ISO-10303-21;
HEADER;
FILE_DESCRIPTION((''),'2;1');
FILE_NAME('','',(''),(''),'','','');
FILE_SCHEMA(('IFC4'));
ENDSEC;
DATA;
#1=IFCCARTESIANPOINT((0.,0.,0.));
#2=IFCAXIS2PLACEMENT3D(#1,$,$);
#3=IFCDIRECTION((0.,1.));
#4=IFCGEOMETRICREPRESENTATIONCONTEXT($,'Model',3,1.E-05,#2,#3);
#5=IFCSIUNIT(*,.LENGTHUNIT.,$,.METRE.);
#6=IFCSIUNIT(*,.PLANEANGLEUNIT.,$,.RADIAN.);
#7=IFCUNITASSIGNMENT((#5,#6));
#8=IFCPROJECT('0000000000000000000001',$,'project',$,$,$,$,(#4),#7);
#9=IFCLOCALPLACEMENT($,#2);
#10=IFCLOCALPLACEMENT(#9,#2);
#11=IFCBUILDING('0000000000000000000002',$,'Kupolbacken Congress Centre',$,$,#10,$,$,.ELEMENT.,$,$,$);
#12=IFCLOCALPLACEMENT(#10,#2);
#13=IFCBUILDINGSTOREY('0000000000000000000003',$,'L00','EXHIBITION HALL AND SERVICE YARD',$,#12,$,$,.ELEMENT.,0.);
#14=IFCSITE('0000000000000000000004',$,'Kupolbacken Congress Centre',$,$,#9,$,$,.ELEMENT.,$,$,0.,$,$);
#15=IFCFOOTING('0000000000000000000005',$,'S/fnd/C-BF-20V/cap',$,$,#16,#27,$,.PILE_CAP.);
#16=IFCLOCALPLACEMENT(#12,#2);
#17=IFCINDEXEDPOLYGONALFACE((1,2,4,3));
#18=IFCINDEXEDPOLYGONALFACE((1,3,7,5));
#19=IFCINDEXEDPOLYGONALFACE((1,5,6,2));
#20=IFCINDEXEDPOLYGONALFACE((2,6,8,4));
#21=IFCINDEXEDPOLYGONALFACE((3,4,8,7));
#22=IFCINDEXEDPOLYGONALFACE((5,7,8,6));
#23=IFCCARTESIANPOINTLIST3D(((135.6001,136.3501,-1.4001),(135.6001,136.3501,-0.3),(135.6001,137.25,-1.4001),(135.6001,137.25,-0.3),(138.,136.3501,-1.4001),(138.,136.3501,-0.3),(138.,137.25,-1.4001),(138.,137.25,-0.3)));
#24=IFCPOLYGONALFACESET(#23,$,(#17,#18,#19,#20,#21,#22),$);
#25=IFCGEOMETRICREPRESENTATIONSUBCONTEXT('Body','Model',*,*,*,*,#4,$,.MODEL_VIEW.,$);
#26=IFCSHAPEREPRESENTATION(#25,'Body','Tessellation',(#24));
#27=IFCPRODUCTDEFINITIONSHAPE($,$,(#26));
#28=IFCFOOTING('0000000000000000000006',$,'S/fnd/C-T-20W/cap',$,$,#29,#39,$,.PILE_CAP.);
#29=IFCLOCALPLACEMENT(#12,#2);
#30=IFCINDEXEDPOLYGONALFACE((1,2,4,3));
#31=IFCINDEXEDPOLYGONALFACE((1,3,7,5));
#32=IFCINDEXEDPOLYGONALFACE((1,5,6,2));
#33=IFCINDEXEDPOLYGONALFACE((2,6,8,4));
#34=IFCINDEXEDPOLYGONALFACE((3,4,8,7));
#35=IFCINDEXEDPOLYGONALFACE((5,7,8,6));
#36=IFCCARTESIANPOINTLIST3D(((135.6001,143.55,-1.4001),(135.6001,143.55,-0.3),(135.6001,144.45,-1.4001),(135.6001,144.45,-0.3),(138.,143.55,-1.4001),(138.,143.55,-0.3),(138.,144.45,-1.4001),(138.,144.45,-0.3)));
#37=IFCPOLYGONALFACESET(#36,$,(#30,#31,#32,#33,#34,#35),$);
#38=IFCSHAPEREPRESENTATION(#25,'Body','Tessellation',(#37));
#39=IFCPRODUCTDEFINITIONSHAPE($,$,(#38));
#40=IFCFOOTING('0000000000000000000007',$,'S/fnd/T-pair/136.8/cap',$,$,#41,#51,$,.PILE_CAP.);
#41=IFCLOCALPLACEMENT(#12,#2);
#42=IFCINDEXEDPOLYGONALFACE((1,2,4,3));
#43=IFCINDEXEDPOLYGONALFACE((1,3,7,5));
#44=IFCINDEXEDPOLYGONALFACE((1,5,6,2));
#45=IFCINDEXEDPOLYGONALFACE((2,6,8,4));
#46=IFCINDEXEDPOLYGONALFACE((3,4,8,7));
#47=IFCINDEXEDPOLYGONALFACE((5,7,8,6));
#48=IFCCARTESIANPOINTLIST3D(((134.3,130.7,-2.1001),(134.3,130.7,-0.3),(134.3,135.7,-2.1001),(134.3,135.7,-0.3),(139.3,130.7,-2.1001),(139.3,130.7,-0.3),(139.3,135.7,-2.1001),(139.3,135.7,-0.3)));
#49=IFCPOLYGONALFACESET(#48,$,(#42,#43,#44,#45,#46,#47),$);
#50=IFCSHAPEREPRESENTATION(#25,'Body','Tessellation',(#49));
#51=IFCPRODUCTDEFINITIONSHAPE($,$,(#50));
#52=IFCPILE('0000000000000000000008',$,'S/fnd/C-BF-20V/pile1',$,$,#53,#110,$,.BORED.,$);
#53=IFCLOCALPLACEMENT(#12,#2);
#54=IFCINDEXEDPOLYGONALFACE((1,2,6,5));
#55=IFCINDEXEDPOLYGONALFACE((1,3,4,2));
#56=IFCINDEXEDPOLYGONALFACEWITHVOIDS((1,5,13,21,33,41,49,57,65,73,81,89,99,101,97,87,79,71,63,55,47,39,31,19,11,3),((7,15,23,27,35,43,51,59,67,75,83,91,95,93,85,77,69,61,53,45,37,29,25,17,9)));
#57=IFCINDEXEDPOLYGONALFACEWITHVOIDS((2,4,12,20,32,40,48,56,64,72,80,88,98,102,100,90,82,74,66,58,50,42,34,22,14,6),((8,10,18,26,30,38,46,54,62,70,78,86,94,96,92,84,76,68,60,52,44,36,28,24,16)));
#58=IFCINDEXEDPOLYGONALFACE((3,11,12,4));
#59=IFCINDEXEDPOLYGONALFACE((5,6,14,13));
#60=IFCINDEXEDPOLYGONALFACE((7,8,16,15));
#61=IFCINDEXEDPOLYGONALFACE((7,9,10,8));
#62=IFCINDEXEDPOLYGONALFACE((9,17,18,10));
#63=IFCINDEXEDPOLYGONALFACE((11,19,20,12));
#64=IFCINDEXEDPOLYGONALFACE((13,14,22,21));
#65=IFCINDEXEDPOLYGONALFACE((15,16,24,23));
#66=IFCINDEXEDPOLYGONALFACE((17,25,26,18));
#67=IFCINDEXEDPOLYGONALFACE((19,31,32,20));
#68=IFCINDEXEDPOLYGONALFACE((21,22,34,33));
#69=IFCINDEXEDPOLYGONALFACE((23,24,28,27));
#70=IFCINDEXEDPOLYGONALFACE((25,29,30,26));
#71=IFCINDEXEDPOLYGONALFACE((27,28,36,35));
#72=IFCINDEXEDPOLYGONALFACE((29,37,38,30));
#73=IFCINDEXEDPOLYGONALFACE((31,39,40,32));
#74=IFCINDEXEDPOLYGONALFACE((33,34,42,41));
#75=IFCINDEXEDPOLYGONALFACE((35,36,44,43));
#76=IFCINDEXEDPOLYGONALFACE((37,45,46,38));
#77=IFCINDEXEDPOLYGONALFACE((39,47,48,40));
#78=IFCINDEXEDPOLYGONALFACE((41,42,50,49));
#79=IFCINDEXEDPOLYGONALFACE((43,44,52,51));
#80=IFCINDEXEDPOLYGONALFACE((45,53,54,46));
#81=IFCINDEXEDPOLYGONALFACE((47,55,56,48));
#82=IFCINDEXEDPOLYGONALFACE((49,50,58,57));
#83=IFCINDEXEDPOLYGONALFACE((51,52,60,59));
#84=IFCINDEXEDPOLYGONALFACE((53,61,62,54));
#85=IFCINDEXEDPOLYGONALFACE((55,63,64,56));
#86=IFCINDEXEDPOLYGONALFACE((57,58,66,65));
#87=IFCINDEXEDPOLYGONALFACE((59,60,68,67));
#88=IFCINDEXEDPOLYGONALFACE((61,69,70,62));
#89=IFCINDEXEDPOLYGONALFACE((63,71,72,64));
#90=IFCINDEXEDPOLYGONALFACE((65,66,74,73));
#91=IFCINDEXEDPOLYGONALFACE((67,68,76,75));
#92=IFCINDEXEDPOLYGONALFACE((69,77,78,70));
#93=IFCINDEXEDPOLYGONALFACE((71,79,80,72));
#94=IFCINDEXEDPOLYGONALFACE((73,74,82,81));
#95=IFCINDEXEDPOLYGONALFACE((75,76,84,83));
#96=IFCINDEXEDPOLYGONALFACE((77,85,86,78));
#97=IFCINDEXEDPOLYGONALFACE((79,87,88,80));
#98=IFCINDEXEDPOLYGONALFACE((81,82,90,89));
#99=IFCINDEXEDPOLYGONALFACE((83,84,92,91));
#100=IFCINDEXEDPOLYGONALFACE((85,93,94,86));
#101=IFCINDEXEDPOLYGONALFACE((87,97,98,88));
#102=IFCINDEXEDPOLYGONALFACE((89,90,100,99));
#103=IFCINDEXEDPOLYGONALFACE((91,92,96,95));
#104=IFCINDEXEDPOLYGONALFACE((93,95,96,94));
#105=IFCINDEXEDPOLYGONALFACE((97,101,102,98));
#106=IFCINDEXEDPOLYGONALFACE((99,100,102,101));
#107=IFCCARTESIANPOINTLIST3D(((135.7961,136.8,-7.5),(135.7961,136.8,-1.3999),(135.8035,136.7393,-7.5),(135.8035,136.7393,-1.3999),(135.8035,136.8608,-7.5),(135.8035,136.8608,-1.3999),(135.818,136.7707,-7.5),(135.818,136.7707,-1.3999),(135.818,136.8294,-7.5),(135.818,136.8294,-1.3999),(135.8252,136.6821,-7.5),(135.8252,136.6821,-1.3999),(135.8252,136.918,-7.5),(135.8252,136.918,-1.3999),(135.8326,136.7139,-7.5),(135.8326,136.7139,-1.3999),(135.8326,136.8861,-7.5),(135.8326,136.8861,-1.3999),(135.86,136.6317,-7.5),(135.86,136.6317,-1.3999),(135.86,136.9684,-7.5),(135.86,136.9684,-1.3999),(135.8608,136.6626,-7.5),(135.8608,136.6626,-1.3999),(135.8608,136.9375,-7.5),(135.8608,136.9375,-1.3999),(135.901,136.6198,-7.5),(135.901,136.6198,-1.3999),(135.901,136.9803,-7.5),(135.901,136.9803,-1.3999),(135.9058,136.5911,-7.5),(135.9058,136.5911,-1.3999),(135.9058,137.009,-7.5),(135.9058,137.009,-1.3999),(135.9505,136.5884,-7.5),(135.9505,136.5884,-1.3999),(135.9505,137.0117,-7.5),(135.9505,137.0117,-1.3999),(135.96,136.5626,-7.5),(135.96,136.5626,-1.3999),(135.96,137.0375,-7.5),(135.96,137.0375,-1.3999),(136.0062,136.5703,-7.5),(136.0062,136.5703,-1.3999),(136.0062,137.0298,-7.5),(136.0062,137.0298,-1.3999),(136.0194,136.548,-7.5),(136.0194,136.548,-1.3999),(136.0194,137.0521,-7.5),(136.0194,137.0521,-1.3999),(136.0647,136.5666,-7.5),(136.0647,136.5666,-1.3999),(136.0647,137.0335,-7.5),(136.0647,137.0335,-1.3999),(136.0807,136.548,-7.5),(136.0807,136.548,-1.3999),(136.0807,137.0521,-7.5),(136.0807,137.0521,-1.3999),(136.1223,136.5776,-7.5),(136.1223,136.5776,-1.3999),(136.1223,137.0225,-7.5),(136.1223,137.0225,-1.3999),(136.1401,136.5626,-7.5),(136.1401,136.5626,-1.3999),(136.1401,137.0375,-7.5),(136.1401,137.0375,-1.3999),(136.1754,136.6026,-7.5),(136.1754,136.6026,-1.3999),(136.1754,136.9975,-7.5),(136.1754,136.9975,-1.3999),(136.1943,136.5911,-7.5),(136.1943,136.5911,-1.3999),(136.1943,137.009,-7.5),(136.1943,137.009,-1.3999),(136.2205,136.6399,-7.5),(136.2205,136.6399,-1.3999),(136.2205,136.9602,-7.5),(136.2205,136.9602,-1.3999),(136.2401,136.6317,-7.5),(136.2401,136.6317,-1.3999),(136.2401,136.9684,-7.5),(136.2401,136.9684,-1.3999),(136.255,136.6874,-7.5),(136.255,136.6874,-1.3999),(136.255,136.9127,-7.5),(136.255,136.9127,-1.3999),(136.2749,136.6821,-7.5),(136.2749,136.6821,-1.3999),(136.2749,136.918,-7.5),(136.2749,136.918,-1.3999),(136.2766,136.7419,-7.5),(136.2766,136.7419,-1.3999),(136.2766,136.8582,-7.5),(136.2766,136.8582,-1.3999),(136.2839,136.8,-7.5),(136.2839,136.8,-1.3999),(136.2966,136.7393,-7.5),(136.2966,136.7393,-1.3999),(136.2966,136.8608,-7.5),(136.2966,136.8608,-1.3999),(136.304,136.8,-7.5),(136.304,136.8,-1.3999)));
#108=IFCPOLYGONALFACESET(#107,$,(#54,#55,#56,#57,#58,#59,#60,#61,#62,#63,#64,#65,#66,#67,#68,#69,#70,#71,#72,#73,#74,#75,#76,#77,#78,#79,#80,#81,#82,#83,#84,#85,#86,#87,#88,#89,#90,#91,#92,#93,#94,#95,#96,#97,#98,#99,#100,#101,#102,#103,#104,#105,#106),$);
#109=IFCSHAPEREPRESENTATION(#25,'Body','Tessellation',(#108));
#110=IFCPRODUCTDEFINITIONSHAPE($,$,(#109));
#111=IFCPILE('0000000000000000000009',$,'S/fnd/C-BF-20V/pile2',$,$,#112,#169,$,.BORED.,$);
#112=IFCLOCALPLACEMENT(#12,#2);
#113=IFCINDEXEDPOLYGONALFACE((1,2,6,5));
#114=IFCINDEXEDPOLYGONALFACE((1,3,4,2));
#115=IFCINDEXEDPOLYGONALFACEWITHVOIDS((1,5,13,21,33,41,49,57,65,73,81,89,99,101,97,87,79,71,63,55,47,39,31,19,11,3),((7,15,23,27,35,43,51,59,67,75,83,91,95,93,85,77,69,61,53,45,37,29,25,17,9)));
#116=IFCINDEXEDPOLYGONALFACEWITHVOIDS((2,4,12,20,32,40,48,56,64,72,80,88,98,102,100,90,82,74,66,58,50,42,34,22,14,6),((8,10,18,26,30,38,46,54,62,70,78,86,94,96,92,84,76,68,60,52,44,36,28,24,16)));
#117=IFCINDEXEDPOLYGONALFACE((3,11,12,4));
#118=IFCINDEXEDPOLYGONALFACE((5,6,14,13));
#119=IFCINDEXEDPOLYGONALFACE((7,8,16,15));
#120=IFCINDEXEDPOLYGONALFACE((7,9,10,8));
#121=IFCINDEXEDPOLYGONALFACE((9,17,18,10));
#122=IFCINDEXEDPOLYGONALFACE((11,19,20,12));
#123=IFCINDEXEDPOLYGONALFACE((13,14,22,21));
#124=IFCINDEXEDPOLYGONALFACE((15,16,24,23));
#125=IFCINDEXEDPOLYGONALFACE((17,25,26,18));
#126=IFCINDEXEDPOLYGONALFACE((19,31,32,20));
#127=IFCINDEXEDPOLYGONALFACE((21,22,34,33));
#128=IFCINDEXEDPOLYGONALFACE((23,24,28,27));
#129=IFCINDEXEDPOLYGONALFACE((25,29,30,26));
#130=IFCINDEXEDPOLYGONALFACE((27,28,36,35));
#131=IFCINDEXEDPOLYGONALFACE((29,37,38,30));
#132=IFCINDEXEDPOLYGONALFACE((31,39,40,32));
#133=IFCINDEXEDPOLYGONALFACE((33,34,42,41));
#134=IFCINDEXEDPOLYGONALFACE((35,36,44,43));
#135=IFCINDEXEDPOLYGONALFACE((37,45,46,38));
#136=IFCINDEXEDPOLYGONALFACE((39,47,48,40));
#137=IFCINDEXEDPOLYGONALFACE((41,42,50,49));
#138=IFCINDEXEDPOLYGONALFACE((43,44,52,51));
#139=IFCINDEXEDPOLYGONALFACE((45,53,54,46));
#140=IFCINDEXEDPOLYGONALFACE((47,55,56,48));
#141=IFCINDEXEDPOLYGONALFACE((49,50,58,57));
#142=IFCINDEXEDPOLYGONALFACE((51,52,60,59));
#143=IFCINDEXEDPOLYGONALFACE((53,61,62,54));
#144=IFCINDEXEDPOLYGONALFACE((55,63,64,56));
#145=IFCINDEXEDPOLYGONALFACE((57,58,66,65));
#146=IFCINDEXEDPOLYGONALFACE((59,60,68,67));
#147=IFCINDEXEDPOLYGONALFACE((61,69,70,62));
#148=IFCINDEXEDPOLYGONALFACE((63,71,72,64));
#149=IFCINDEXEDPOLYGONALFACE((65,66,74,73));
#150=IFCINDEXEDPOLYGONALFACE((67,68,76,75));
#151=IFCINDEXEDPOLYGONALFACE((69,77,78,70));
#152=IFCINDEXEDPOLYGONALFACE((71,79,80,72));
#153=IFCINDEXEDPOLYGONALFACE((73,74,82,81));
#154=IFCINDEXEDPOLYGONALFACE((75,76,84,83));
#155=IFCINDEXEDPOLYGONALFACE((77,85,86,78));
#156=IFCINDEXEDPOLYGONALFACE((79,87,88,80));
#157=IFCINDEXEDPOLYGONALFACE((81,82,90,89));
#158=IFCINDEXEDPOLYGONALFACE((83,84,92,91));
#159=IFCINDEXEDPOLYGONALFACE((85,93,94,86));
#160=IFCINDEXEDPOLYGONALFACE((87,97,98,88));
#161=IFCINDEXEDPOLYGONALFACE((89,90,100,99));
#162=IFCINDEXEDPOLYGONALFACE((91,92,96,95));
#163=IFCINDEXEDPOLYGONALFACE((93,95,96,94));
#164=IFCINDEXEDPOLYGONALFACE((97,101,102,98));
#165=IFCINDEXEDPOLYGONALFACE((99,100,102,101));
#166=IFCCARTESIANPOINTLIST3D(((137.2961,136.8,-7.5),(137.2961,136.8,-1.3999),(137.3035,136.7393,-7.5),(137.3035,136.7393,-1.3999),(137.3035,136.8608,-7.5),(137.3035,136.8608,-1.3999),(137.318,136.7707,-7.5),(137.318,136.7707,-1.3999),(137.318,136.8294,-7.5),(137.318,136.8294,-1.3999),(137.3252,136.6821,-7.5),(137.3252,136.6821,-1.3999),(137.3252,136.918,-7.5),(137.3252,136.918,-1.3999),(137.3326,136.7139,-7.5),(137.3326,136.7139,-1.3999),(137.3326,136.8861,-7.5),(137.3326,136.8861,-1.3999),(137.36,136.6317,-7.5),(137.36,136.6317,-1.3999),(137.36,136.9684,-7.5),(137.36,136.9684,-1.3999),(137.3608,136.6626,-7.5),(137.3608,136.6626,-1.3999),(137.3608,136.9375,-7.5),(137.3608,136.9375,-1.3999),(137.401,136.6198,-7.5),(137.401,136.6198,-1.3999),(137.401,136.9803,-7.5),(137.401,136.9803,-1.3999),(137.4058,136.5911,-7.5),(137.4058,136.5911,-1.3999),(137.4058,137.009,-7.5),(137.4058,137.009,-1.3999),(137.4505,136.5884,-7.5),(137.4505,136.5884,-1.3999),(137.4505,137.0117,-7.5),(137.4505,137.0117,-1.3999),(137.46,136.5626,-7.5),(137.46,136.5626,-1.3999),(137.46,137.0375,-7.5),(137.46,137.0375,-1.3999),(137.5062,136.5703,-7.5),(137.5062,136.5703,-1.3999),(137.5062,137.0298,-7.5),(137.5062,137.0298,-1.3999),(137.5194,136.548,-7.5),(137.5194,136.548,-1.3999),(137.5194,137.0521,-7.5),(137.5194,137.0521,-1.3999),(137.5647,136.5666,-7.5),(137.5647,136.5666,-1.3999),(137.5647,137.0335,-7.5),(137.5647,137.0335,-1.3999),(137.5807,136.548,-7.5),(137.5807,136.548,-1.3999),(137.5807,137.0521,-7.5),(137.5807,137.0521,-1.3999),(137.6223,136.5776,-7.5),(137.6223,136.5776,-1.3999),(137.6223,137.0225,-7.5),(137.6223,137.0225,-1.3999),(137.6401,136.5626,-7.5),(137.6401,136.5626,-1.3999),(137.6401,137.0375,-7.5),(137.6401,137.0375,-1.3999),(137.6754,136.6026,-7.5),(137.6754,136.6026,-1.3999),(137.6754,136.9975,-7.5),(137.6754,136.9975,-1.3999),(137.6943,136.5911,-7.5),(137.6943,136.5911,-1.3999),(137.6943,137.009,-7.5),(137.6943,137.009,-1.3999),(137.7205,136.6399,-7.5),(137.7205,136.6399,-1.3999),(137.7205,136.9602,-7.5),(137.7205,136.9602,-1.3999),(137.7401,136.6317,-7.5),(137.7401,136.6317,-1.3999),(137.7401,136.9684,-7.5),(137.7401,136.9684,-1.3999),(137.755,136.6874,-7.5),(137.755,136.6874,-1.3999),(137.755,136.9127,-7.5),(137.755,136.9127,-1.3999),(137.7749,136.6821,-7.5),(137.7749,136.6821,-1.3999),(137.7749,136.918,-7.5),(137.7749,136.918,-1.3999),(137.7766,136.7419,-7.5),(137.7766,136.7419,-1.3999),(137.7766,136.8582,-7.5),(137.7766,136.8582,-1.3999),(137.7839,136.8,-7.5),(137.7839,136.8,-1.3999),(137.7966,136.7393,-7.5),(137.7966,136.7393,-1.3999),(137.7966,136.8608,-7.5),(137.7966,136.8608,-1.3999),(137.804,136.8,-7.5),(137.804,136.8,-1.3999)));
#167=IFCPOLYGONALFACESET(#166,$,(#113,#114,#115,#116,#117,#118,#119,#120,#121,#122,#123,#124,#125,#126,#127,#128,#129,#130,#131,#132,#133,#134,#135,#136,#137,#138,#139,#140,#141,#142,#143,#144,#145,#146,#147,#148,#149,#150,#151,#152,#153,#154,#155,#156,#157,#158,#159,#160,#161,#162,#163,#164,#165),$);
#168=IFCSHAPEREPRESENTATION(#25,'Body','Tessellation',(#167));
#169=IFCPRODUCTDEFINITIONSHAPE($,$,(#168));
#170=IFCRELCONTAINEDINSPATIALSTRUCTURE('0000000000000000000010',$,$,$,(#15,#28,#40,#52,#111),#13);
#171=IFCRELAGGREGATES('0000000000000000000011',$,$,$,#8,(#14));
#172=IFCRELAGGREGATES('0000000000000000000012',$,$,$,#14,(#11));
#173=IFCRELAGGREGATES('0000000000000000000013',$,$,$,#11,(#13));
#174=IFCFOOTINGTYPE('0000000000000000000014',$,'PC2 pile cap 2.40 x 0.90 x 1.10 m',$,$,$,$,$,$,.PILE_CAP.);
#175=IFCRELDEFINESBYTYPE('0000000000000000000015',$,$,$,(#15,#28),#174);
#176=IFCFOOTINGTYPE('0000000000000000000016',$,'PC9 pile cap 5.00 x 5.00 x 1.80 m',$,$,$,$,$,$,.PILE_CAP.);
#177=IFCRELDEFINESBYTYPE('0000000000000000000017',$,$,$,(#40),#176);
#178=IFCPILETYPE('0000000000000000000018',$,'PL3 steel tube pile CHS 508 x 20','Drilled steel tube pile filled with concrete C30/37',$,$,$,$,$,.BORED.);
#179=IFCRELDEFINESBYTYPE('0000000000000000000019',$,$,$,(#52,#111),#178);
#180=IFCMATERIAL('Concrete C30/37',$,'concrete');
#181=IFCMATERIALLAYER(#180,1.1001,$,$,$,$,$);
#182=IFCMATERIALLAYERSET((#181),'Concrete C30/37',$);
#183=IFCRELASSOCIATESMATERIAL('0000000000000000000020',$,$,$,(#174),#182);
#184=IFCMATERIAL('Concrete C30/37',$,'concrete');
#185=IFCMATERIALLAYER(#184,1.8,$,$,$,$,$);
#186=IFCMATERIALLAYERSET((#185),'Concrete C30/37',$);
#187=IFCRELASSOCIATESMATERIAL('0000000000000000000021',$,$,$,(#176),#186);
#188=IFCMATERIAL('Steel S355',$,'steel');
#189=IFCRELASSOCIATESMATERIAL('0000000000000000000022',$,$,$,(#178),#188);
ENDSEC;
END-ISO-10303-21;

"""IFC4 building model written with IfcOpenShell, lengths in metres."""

from ifc_helpers import new_model, si_unit, direction, frame, origin, origin_2d, place, context, subcontext, project, spatial, rectangle, hollow_circle, extrude, material, layer, layer_set, material_profile, profile_set, type_object, element, save


model = new_model("IFC4")

# Units and contexts
model_context = context("Model", 3, precision=1e-05, world=origin(), true_north=direction((0.0, 1.0)))
body_context = subcontext(model_context, "Body", "Model", "MODEL_VIEW")
ifc_project = project(units=[si_unit("LENGTHUNIT", "METRE"), si_unit("PLANEANGLEUNIT", "RADIAN")], contexts=[model_context])

# Site, building, storey
site_placement = place(None, origin())
site = spatial("IfcSite", under=ifc_project, at=site_placement, Name="Kupolbacken Congress Centre", CompositionType="ELEMENT", RefElevation=0.0)
building_placement = place(site_placement, origin())
building = spatial("IfcBuilding", under=site, at=building_placement, Name="Kupolbacken Congress Centre", CompositionType="ELEMENT")
storey_placement = place(building_placement, origin())
storey = spatial("IfcBuildingStorey", under=building, at=storey_placement, Name="L00", Description="EXHIBITION HALL AND SERVICE YARD", CompositionType="ELEMENT", Elevation=0.0)

# Footings
ifc_material_1 = material(Name="Concrete C30/37", Category="concrete")
ifc_layer_1 = layer(ifc_material_1, 1.1001)
ifc_layer_set_1 = layer_set([ifc_layer_1], Name="Concrete C30/37")
footing_type_1 = type_object("IfcFootingType", Name="PC2 pile cap 2.40 x 0.90 x 1.10 m", PredefinedType="PILE_CAP", material=ifc_layer_set_1)
for number, where, z_axis, x_axis, name in (
    (1, (136.8, 136.8, -1.4001), (0.0, 0.0, 1.0), (1.0, 0.0, 0.0), "S/fnd/C-BF-20V/cap"),
    (2, (136.8, 144.0, -1.4001), (0.0, 0.0, 1.0), (1.0, 0.0, 0.0), "S/fnd/C-T-20W/cap"),
):
    element("IfcFooting", number, at=place(storey_placement, frame(where, z_axis=z_axis, x_axis=x_axis)), inside=storey, type_object=footing_type_1, Name=name, PredefinedType="PILE_CAP", context=body_context, shape_type="SweptSolid", body=[
        extrude(rectangle(XDim=2.3999, YDim=0.8999, at=origin_2d()), origin(), (0.0, 0.0, 1.0), 1.1001),
    ])
ifc_material_2 = material(Name="Concrete C30/37", Category="concrete")
ifc_layer_2 = layer(ifc_material_2, 1.8)
ifc_layer_set_2 = layer_set([ifc_layer_2], Name="Concrete C30/37")
footing_type_2 = type_object("IfcFootingType", Name="PC9 pile cap 5.00 x 5.00 x 1.80 m", PredefinedType="PILE_CAP", material=ifc_layer_set_2)
footing_1_placement = place(storey_placement, frame((136.8, 133.2, -2.1001), z_axis=(0.0, 0.0, 1.0), x_axis=(1.0, 0.0, 0.0)))
element("IfcFooting", 3, at=footing_1_placement, inside=storey, type_object=footing_type_2, Name="S/fnd/T-pair/136.8/cap", PredefinedType="PILE_CAP", context=body_context, shape_type="SweptSolid", body=[
    extrude(rectangle(XDim=5.0, YDim=5.0, at=origin_2d()), origin(), (0.0, 0.0, 1.0), 1.8),
])

# Piles
ifc_material_3 = material(Name="Steel S355", Category="steel")
ifc_material_profile_1 = material_profile(ifc_material_3, hollow_circle(Radius=0.2539, WallThickness=0.02, at=origin_2d()), Name="CHS 508 x 20")
ifc_profile_set_1 = profile_set([ifc_material_profile_1], Name="Steel S355")
pile_type = type_object("IfcPileType", Name="PL3 steel tube pile CHS 508 x 20", Description="Drilled steel tube pile filled with concrete C30/37", PredefinedType="BORED", material=ifc_profile_set_1)
for number, where, z_axis, x_axis, name in (
    (4, (136.05, 136.8, -1.3999), (0.0, 0.0, -1.0), (1.0, 0.0, 0.0), "S/fnd/C-BF-20V/pile1"),
    (5, (137.55, 136.8, -1.3999), (0.0, 0.0, -1.0), (1.0, 0.0, 0.0), "S/fnd/C-BF-20V/pile2"),
):
    element("IfcPile", number, at=place(storey_placement, frame(where, z_axis=z_axis, x_axis=x_axis)), inside=storey, type_object=pile_type, Name=name, PredefinedType="BORED", context=body_context, shape_type="SweptSolid", body=[
        extrude(hollow_circle(Radius=0.2539, WallThickness=0.02, at=origin_2d()), origin(), (0.0, 0.0, 1.0), 6.1001),
    ])

save(model, "model.ifc")
